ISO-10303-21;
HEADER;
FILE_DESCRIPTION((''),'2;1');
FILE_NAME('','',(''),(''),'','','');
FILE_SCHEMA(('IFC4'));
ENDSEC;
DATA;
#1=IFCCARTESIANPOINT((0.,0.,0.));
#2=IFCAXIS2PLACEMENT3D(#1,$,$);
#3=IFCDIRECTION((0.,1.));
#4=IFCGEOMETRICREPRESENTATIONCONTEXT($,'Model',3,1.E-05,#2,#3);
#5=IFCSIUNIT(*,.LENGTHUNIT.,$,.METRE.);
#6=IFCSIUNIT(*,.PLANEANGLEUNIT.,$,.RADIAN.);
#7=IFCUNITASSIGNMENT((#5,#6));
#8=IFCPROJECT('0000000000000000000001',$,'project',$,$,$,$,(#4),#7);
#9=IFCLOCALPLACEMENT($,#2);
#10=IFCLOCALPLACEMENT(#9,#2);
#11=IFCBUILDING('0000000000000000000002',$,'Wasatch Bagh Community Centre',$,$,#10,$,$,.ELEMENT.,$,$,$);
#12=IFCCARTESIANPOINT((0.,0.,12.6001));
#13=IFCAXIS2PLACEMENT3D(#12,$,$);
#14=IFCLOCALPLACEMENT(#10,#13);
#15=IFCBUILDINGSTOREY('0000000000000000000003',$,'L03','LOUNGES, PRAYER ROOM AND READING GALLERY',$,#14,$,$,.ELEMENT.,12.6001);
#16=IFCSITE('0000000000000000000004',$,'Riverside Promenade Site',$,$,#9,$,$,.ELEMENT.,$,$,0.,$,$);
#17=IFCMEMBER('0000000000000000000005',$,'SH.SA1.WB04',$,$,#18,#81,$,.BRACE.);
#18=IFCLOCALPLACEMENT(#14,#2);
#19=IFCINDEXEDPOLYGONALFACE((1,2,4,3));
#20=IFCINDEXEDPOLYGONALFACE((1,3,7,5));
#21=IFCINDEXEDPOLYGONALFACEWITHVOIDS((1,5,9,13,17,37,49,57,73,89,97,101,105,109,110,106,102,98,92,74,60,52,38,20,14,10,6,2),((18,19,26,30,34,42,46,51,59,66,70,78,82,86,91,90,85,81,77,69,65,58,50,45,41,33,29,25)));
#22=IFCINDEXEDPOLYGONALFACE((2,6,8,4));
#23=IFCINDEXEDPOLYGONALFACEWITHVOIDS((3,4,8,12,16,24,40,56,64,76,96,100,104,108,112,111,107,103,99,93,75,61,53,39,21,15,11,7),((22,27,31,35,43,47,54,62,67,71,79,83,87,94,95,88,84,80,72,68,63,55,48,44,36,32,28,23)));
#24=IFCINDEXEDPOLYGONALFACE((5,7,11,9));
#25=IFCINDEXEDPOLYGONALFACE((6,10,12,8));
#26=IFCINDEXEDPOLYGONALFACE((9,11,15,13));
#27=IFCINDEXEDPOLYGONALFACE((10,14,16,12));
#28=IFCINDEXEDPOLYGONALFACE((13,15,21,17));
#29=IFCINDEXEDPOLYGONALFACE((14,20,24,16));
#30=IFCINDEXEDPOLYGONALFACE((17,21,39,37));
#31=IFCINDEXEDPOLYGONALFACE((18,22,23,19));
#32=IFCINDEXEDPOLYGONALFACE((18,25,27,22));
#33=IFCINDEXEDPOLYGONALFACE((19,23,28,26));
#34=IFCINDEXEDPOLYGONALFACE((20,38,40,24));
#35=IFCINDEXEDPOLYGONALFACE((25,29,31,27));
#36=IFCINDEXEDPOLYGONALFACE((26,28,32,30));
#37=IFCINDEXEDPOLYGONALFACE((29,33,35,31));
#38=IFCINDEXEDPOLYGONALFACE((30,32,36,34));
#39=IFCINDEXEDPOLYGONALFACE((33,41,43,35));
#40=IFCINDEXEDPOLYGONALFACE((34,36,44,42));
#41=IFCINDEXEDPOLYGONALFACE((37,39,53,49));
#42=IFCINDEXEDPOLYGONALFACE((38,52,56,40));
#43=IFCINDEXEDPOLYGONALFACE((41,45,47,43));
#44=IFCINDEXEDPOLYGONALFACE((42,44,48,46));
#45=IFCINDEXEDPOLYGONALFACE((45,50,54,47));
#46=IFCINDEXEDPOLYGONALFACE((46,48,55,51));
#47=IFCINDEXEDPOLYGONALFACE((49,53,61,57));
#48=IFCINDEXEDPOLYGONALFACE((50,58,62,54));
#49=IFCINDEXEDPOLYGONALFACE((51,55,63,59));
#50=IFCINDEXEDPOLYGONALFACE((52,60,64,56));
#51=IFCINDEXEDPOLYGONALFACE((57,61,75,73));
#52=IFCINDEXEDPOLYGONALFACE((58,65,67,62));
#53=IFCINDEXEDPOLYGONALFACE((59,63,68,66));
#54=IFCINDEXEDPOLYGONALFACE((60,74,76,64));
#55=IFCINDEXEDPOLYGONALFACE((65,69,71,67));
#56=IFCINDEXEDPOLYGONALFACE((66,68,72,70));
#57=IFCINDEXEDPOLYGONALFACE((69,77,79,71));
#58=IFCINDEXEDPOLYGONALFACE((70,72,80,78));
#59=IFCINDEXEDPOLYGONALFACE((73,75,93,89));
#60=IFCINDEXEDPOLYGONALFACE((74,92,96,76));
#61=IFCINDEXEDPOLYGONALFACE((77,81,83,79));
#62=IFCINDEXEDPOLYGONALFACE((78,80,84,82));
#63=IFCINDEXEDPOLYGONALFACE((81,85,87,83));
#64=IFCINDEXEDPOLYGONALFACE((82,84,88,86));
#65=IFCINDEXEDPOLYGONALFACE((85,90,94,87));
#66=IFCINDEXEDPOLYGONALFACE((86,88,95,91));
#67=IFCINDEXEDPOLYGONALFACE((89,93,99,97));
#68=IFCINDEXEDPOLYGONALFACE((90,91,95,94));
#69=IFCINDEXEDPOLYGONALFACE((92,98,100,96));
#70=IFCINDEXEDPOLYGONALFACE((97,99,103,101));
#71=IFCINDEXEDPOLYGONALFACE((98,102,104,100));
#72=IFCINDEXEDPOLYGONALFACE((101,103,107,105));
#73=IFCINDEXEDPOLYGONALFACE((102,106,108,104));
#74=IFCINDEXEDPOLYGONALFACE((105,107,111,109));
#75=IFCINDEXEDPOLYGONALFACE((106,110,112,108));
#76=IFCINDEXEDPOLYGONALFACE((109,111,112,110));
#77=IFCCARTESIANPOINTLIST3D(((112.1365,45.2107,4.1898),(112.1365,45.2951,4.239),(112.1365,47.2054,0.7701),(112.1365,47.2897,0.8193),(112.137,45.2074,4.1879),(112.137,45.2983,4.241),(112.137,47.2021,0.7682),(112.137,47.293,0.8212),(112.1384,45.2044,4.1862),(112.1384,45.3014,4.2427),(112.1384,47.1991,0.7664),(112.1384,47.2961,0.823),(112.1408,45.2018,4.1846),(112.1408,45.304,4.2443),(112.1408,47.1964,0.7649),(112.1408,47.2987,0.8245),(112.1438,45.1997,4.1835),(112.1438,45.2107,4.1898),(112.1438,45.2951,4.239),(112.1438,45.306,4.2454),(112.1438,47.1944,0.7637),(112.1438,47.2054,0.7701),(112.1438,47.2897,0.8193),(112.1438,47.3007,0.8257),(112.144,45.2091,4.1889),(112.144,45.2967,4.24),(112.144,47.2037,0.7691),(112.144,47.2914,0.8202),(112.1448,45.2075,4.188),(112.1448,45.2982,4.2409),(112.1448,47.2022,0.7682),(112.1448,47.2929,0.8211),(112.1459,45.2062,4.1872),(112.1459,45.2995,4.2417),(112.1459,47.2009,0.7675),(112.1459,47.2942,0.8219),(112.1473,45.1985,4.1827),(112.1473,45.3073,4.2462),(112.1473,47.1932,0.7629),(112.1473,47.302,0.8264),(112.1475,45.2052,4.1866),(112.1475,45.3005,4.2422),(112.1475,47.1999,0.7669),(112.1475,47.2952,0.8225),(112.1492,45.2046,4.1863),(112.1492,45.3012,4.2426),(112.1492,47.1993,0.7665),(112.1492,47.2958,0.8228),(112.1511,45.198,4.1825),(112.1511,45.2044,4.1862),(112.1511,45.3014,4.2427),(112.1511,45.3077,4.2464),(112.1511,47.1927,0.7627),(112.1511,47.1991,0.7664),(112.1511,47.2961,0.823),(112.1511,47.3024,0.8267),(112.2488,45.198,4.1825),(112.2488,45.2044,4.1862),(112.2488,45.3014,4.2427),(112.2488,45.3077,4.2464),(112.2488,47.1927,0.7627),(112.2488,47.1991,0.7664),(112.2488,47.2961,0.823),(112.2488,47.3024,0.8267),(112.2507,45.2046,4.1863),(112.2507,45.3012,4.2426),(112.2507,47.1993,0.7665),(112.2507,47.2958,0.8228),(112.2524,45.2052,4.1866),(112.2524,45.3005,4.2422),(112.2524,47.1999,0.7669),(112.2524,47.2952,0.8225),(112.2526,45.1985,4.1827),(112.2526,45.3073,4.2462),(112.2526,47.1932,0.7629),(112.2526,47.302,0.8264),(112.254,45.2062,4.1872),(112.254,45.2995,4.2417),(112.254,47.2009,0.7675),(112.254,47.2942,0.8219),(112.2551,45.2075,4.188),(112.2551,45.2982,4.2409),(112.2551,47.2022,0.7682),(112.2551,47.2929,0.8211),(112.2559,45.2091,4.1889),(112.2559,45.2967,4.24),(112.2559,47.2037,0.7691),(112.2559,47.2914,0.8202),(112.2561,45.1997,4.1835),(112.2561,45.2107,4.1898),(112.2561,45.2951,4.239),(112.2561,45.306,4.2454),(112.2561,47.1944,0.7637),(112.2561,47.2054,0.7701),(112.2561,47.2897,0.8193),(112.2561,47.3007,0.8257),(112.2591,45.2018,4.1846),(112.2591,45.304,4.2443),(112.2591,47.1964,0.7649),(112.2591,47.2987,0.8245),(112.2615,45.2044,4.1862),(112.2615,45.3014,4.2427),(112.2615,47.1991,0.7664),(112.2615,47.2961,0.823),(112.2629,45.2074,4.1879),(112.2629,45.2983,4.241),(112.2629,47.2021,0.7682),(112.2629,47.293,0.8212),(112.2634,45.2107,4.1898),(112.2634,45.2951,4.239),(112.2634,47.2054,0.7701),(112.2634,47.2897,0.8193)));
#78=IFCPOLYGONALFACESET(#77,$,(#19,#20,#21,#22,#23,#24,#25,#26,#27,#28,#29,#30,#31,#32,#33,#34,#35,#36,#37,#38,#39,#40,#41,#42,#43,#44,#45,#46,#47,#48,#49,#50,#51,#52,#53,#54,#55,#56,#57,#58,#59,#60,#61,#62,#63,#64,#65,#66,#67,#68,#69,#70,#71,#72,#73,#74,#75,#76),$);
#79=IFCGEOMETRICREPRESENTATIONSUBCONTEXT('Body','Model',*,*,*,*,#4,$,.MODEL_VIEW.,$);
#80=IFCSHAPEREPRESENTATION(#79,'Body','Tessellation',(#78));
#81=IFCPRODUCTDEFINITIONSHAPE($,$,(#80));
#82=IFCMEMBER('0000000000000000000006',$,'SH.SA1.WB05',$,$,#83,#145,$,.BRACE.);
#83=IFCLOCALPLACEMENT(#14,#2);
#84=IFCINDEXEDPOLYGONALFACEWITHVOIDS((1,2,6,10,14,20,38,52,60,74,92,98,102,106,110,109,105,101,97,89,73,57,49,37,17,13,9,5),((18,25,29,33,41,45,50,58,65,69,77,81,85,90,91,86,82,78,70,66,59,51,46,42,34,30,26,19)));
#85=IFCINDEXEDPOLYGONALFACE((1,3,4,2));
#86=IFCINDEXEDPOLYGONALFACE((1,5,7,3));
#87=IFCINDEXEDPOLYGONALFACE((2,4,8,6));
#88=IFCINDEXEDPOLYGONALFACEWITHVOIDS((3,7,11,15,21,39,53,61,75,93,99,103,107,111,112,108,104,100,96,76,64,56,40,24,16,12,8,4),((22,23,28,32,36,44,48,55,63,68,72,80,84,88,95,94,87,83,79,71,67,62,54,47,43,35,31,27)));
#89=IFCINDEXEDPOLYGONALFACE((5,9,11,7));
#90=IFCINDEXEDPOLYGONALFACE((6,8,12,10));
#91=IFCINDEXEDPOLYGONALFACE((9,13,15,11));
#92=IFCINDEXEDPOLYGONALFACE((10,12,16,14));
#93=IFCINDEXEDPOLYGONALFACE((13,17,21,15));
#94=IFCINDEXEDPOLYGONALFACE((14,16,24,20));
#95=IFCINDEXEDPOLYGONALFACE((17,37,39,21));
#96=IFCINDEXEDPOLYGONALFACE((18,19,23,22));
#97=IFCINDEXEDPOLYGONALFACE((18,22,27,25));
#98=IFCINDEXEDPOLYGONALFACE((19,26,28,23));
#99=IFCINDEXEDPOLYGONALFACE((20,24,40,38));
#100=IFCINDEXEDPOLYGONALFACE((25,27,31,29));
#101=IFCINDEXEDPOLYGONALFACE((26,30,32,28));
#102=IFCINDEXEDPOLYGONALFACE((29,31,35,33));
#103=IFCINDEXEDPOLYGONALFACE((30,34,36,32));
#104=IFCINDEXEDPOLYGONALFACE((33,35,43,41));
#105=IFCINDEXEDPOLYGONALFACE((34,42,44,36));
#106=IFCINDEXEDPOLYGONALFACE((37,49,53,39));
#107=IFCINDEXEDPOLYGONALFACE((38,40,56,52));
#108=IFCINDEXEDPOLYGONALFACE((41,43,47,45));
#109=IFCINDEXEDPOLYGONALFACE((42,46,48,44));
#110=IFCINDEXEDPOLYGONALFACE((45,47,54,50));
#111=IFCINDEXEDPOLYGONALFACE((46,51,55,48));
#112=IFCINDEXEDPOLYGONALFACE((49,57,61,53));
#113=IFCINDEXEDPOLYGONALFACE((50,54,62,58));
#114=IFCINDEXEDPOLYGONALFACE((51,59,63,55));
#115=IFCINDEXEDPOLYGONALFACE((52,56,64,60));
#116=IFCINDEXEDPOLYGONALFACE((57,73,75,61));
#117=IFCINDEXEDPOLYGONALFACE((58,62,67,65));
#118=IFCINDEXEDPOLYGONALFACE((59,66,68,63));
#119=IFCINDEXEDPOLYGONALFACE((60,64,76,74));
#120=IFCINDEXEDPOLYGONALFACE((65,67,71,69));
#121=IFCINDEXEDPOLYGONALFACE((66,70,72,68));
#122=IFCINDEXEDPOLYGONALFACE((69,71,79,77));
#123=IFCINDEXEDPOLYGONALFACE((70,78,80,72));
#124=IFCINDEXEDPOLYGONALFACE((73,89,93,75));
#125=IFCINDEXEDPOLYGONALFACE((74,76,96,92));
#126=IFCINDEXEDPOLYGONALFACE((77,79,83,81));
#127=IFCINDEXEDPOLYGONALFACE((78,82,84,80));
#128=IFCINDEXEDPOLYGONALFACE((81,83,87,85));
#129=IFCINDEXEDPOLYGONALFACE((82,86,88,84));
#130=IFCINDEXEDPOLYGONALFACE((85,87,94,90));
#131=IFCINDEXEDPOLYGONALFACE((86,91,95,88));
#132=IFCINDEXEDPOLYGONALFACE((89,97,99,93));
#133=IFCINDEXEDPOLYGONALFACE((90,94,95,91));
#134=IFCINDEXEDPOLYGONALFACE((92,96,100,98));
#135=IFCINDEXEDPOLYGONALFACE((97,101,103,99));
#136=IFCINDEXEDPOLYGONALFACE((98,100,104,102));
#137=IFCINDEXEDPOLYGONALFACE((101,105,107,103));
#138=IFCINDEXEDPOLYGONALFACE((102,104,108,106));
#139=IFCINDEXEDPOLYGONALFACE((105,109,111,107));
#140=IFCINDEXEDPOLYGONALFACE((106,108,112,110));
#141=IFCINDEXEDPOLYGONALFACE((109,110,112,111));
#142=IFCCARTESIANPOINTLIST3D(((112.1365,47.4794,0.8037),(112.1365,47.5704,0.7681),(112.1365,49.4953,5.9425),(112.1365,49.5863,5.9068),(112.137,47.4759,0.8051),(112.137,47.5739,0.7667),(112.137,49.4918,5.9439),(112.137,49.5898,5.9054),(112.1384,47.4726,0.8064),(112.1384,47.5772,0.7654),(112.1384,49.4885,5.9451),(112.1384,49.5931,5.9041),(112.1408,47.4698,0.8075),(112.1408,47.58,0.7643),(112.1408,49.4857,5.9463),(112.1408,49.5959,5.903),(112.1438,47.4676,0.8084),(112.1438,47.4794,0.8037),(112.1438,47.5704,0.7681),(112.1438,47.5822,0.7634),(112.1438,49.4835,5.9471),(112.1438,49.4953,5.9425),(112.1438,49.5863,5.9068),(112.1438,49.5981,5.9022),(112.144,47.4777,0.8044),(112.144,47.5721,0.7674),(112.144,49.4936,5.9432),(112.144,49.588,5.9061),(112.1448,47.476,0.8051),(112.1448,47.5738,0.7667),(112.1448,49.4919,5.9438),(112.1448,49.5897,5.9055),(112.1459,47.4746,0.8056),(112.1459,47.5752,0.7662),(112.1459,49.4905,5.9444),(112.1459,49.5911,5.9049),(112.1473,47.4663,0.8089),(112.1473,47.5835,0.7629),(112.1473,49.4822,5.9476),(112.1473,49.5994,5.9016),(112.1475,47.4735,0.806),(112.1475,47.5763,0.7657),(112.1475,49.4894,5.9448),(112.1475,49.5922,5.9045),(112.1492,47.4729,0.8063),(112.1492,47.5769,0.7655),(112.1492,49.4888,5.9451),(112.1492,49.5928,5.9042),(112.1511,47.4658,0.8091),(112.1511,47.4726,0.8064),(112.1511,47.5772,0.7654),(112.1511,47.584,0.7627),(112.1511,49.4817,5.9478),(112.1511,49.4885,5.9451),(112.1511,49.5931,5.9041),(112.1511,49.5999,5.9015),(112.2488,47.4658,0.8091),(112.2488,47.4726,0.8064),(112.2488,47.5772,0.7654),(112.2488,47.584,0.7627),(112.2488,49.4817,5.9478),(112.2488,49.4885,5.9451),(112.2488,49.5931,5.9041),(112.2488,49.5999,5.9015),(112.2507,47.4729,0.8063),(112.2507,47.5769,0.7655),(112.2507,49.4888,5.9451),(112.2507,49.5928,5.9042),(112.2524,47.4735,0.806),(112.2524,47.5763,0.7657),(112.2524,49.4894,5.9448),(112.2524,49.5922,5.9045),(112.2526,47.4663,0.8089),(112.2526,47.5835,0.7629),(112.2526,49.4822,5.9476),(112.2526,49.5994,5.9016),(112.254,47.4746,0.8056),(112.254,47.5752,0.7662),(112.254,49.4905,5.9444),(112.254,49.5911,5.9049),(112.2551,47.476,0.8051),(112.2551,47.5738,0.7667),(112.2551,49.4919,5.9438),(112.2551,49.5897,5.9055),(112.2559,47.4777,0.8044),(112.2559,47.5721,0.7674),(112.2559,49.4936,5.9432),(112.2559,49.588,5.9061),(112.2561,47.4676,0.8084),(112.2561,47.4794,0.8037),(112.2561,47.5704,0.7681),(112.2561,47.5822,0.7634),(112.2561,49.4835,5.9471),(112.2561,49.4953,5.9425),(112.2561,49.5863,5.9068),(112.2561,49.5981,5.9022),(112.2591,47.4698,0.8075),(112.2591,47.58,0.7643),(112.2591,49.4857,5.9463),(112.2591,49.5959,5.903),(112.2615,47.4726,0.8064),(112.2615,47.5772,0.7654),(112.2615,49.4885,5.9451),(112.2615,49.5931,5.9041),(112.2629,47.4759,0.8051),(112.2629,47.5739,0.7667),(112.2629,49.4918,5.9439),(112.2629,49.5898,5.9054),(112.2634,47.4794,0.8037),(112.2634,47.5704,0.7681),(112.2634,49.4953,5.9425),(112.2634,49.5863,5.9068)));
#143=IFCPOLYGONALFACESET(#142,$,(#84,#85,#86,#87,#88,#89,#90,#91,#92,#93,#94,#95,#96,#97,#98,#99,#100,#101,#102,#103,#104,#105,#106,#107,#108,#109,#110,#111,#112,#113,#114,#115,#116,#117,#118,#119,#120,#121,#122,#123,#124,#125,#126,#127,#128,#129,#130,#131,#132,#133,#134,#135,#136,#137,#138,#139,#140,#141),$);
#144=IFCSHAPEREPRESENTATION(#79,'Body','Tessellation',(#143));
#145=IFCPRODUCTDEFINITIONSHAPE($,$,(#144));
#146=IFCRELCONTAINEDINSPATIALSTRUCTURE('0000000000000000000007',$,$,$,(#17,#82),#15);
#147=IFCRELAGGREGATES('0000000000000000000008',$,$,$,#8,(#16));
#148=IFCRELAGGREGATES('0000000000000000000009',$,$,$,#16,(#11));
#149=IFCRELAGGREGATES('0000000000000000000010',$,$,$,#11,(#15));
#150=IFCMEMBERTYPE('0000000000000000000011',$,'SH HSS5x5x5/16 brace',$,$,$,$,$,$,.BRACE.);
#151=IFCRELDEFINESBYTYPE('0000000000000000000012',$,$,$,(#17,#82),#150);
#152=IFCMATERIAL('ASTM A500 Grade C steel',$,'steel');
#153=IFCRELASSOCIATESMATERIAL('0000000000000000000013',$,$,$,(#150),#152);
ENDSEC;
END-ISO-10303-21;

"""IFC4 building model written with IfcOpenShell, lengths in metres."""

from ifc_helpers import new_model, si_unit, direction, frame, origin, origin_2d, place, context, subcontext, project, spatial, hollow_rectangle, extrude, material, material_profile, profile_set, type_object, element, save


model = new_model("IFC4")

# Units and contexts
model_context = context("Model", 3, precision=1e-05, world=origin(), true_north=direction((0.0, 1.0)))
body_context = subcontext(model_context, "Body", "Model", "MODEL_VIEW")
ifc_project = project(units=[si_unit("LENGTHUNIT", "METRE"), si_unit("PLANEANGLEUNIT", "RADIAN")], contexts=[model_context])

# Site, building, storey
site_placement = place(None, origin())
site = spatial("IfcSite", under=ifc_project, at=site_placement, Name="Riverside Promenade Site", CompositionType="ELEMENT", RefElevation=0.0)
building_placement = place(site_placement, origin())
building = spatial("IfcBuilding", under=site, at=building_placement, Name="Wasatch Bagh Community Centre", CompositionType="ELEMENT")
storey_placement = place(building_placement, frame((0.0, 0.0, 12.6001)))
storey = spatial("IfcBuildingStorey", under=building, at=storey_placement, Name="L03", Description="LOUNGES, PRAYER ROOM AND READING GALLERY", CompositionType="ELEMENT", Elevation=12.6001)

# Members
ifc_material_1 = material(Name="ASTM A500 Grade C steel", Category="steel")
ifc_material_profile_1 = material_profile(ifc_material_1, hollow_rectangle(XDim=0.127, YDim=0.127, WallThickness=0.0073, InnerFilletRadius=0.0073, OuterFilletRadius=0.0146, at=origin_2d()), Name="HSS5x5x5/16")
ifc_profile_set_1 = profile_set([ifc_material_profile_1], Name="ASTM A500 Grade C steel")
member_type_1 = type_object("IfcMemberType", Name="SH HSS5x5x5/16 brace", PredefinedType="BRACE", material=ifc_profile_set_1)
member_1_placement = place(storey_placement, frame((112.2, 47.2476, 0.7947), z_axis=(0.0, -0.503837, 0.863799), x_axis=(1.0, 0.0, 0.0)))
element("IfcMember", 1, at=member_1_placement, inside=storey, type_object=member_type_1, Name="SH.SA1.WB04", PredefinedType="BRACE", context=body_context, shape_type="SweptSolid", body=[
    extrude(hollow_rectangle(XDim=0.127, YDim=0.127, WallThickness=0.0073, InnerFilletRadius=0.0073, OuterFilletRadius=0.0146, at=origin_2d()), origin(), (0.0, 0.0, 1.0), 3.959),
])
member_2_placement = place(storey_placement, frame((112.2, 47.5249, 0.7859), z_axis=(0.0, 0.365198, 0.93093), x_axis=(-1.0, 0.0, 0.0)))
element("IfcMember", 2, at=member_2_placement, inside=storey, type_object=member_type_1, Name="SH.SA1.WB05", PredefinedType="BRACE", context=body_context, shape_type="SweptSolid", body=[
    extrude(hollow_rectangle(XDim=0.127, YDim=0.127, WallThickness=0.0073, InnerFilletRadius=0.0073, OuterFilletRadius=0.0146, at=origin_2d()), origin(), (0.0, 0.0, 1.0), 5.52),
])

save(model, "model.ifc")
